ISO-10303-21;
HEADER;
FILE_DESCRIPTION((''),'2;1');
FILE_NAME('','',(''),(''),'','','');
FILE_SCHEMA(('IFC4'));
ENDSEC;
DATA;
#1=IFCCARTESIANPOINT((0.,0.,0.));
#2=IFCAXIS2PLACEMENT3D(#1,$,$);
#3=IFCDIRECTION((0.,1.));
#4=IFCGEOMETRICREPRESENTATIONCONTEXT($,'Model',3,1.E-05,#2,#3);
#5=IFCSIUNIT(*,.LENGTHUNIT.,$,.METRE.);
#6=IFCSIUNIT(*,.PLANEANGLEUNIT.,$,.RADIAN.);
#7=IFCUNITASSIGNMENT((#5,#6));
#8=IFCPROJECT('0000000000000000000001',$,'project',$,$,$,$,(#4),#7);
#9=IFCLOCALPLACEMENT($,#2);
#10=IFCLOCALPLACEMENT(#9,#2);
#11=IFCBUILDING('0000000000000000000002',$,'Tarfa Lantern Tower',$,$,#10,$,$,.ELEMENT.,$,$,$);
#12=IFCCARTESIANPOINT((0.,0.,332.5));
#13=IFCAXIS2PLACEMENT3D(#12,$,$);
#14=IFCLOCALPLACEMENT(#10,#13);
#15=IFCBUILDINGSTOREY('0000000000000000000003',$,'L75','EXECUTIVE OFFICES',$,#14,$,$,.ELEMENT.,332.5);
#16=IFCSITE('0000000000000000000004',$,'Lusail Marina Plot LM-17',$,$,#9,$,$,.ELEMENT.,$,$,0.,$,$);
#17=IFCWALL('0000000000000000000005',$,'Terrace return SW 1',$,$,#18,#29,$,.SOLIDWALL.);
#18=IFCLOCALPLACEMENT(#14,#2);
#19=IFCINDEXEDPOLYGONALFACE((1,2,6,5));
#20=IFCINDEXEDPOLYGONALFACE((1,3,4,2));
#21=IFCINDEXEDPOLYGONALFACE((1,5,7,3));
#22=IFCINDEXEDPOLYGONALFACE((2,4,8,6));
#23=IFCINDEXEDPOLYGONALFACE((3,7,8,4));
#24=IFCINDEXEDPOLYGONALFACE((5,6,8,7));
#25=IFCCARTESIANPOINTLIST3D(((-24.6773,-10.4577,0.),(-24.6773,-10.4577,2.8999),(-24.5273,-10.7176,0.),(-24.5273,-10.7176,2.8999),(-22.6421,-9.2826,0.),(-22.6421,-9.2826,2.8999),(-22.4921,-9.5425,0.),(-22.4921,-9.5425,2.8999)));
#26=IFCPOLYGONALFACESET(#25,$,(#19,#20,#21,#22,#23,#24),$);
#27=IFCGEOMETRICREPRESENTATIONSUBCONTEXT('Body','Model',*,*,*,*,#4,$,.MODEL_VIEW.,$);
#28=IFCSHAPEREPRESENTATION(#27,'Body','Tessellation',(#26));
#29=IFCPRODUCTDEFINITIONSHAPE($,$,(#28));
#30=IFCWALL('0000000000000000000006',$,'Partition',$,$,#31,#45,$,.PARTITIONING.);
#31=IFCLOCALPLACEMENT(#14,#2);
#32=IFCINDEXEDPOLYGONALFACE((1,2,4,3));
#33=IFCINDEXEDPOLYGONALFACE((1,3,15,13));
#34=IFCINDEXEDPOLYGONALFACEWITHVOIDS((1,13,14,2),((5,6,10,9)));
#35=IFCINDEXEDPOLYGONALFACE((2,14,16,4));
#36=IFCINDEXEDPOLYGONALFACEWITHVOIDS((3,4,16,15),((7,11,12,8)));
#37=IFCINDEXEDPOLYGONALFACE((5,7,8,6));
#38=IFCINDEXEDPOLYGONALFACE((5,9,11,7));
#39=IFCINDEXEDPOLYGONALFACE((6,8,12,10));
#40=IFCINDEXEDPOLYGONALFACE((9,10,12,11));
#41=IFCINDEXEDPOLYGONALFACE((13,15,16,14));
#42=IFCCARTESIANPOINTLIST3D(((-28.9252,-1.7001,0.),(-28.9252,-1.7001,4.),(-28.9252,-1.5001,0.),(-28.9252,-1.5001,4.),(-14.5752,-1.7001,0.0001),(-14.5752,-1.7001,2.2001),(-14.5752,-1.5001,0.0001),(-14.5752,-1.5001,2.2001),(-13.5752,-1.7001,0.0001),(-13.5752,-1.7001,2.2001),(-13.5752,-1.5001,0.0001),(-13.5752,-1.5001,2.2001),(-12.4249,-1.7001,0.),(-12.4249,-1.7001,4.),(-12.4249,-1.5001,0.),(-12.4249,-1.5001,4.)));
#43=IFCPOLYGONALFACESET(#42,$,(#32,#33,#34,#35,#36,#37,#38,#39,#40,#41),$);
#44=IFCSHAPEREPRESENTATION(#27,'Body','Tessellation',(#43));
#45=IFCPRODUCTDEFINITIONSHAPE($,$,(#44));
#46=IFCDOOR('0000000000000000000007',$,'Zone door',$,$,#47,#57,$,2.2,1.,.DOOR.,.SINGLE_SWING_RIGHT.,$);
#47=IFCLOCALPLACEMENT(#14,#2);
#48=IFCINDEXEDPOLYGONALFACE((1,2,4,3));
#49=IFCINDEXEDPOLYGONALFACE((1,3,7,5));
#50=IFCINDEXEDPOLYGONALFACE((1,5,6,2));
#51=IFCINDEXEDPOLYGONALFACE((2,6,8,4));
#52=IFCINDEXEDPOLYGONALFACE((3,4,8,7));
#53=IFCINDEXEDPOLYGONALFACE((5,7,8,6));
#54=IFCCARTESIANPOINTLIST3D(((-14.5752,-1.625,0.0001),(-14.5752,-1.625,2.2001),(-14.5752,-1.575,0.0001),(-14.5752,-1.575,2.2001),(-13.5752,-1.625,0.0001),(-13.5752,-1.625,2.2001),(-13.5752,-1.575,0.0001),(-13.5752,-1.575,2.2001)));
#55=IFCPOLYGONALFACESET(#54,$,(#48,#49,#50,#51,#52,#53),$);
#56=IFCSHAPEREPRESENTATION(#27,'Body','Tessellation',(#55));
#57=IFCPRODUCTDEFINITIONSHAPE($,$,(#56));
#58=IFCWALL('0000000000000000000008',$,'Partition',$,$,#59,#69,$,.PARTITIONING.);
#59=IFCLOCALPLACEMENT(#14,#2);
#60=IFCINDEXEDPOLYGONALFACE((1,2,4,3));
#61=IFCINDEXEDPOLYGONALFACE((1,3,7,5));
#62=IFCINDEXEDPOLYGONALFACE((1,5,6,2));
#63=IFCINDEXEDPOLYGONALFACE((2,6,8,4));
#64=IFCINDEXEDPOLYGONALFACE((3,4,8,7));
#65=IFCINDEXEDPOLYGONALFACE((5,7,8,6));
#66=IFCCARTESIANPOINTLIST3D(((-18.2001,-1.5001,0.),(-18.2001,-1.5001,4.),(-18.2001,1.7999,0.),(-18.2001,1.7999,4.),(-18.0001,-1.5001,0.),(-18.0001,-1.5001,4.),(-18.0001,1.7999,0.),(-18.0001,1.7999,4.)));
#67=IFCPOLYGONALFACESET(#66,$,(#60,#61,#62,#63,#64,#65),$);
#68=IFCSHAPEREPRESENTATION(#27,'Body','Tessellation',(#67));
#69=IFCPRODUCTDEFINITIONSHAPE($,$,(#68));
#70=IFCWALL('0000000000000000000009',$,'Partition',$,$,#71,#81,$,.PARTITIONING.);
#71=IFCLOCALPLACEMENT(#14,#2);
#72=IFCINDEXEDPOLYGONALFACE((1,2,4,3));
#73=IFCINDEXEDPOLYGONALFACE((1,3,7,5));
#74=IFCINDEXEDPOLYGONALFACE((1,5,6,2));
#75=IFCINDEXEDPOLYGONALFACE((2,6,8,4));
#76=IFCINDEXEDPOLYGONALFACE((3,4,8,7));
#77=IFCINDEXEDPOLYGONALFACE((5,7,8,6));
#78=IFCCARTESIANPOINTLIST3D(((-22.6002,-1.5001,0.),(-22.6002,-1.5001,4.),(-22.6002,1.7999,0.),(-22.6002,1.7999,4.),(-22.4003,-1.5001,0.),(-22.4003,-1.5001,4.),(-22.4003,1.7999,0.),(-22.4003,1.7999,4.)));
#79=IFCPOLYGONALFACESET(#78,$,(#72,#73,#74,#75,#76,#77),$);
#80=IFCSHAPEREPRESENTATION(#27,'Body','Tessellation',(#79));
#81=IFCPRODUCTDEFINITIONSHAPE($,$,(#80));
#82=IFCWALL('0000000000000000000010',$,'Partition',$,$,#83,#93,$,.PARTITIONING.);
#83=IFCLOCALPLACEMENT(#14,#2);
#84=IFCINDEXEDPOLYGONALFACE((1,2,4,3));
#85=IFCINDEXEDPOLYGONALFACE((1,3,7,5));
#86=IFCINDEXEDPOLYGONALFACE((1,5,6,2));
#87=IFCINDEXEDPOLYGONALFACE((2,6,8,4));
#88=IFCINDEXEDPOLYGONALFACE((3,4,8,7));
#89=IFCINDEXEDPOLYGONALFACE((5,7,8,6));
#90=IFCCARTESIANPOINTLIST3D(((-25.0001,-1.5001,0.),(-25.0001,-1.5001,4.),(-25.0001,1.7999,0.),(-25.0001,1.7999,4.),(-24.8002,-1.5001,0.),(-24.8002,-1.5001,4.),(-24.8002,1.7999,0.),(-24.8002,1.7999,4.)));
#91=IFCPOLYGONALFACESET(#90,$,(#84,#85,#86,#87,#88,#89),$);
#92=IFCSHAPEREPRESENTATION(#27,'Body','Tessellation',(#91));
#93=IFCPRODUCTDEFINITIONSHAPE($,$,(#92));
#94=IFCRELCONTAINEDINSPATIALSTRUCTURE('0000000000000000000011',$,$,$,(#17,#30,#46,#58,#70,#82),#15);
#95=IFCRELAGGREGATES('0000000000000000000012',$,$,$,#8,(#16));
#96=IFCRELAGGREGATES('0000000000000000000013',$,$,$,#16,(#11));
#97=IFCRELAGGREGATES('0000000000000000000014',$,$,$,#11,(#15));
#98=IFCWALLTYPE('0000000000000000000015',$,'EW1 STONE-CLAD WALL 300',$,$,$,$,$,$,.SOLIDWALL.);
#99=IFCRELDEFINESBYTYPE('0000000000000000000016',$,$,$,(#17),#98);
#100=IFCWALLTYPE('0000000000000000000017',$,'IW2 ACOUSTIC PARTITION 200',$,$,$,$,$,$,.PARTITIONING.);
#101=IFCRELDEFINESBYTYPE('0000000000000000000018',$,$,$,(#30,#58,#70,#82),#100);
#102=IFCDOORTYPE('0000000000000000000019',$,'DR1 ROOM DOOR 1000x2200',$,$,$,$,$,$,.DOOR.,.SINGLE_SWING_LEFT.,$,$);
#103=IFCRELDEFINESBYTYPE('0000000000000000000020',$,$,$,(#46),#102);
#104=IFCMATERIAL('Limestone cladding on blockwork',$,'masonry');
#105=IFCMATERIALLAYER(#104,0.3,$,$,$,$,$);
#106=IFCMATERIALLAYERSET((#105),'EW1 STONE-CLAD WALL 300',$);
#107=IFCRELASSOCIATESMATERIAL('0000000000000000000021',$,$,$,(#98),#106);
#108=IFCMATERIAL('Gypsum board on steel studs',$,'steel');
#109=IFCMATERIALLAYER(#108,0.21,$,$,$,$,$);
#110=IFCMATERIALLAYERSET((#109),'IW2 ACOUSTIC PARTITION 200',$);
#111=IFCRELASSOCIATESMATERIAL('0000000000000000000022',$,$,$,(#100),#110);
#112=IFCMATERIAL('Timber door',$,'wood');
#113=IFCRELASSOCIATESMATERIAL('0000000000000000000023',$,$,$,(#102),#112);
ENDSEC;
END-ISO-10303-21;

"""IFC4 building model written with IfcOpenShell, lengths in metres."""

from ifc_helpers import new_model, si_unit, direction, frame, frame_2d, origin, place, context, subcontext, project, spatial, rectangle, extrude, material, layer, layer_set, type_object, element, fill, save


model = new_model("IFC4")

# Units and contexts
model_context = context("Model", 3, precision=1e-05, world=origin(), true_north=direction((0.0, 1.0)))
body_context = subcontext(model_context, "Body", "Model", "MODEL_VIEW")
ifc_project = project(units=[si_unit("LENGTHUNIT", "METRE"), si_unit("PLANEANGLEUNIT", "RADIAN")], contexts=[model_context])

# Site, building, storey
site_placement = place(None, origin())
site = spatial("IfcSite", under=ifc_project, at=site_placement, Name="Lusail Marina Plot LM-17", CompositionType="ELEMENT", RefElevation=0.0)
building_placement = place(site_placement, origin())
building = spatial("IfcBuilding", under=site, at=building_placement, Name="Tarfa Lantern Tower", CompositionType="ELEMENT")
storey_placement = place(building_placement, frame((0.0, 0.0, 332.5)))
storey = spatial("IfcBuildingStorey", under=building, at=storey_placement, Name="L75", Description="EXECUTIVE OFFICES", CompositionType="ELEMENT", Elevation=332.5)

# Shared definitions
ifc_material_1 = material(Name="Limestone cladding on blockwork", Category="masonry")
ifc_layer_1 = layer(ifc_material_1, 0.3)
ifc_layer_set_1 = layer_set([ifc_layer_1], Name="EW1 STONE-CLAD WALL 300")
wall_type_1 = type_object("IfcWallType", Name="EW1 STONE-CLAD WALL 300", PredefinedType="SOLIDWALL", material=ifc_layer_set_1)

# Wall
wall_1_placement = place(storey_placement, frame((-24.6023, -10.5876, 0.0), z_axis=(0.0, 0.0, 1.0), x_axis=(0.866016, 0.500016, 0.0)))
element("IfcWall", 1, at=wall_1_placement, inside=storey, type_object=wall_type_1, Name="Terrace return SW 1", PredefinedType="SOLIDWALL", context=body_context, shape_type="SweptSolid", body=[
    extrude(rectangle(XDim=2.3501, YDim=0.3, at=frame_2d((1.175, 0.0))), origin(), (0.0, 0.0, 1.0), 2.8999),
])

# Wall, opening, door
ifc_material_2 = material(Name="Gypsum board on steel studs", Category="steel")
ifc_layer_2 = layer(ifc_material_2, 0.21)
ifc_layer_set_2 = layer_set([ifc_layer_2], Name="IW2 ACOUSTIC PARTITION 200")
wall_type_2 = type_object("IfcWallType", Name="IW2 ACOUSTIC PARTITION 200", PredefinedType="PARTITIONING", material=ifc_layer_set_2)
wall_2_placement = place(storey_placement, frame((-12.425, -1.6001, 0.0), z_axis=(0.0, 0.0, 1.0), x_axis=(-1.0, 0.0, 0.0)))
wall_2 = element("IfcWall", 2, at=wall_2_placement, inside=storey, type_object=wall_type_2, Name="Partition", PredefinedType="PARTITIONING", context=body_context, shape_type="SweptSolid", body=[
    extrude(rectangle(XDim=16.5002, YDim=0.2, at=frame_2d((8.25, 0.0))), origin(), (0.0, 0.0, 1.0), 4.0),
])
opening_1_placement = place(wall_2_placement, frame((1.1501, 0.0, 0.0)))
opening_1 = element("IfcOpeningElement", 3, at=opening_1_placement, cuts=wall_2, PredefinedType="OPENING", context=body_context, shape_type="SweptSolid", body=[
    extrude(rectangle(XDim=1.0, YDim=2.2, at=frame_2d((0.5, 1.1001))), frame((0.0, 0.1099, 0.0), z_axis=(0.0, -1.0, 0.0), x_axis=(1.0, 0.0, 0.0)), (0.0, 0.0, 1.0), 0.22),
])
ifc_material_3 = material(Name="Timber door", Category="wood")
door_type_1 = type_object("IfcDoorType", Name="DR1 ROOM DOOR 1000x2200", OperationType="SINGLE_SWING_LEFT", PredefinedType="DOOR", material=ifc_material_3)
door_1_placement = place(opening_1_placement, origin())
door_1 = element("IfcDoor", 4, at=door_1_placement, inside=storey, type_object=door_type_1, Name="Zone door", OperationType="SINGLE_SWING_RIGHT", OverallHeight=2.2, OverallWidth=1.0, PredefinedType="DOOR", context=body_context, shape_type="SweptSolid", body=[
    extrude(rectangle(XDim=1.0, YDim=2.2, at=frame_2d((0.5, 1.1001))), frame((0.0, 0.0249, 0.0), z_axis=(0.0, -1.0, 0.0), x_axis=(1.0, 0.0, 0.0)), (0.0, 0.0, 1.0), 0.05),
])
fill(opening_1, door_1)

# Walls
for number, where, z_axis, x_axis, name in (
    (5, (-18.1001, -1.5, 0.0), (0.0, 0.0, 1.0), (0.0, 1.0, 0.0), "Partition"),
    (6, (-22.5002, -1.5, 0.0), (0.0, 0.0, 1.0), (0.0, 1.0, 0.0), "Partition"),
    (7, (-24.9001, -1.5, 0.0), (0.0, 0.0, 1.0), (0.0, 1.0, 0.0), "Partition"),
):
    element("IfcWall", number, at=place(storey_placement, frame(where, z_axis=z_axis, x_axis=x_axis)), inside=storey, type_object=wall_type_2, Name=name, PredefinedType="PARTITIONING", context=body_context, shape_type="SweptSolid", body=[
        extrude(rectangle(XDim=3.3, YDim=0.2, at=frame_2d((1.6499, 0.0))), origin(), (0.0, 0.0, 1.0), 4.0),
    ])

save(model, "model.ifc")
